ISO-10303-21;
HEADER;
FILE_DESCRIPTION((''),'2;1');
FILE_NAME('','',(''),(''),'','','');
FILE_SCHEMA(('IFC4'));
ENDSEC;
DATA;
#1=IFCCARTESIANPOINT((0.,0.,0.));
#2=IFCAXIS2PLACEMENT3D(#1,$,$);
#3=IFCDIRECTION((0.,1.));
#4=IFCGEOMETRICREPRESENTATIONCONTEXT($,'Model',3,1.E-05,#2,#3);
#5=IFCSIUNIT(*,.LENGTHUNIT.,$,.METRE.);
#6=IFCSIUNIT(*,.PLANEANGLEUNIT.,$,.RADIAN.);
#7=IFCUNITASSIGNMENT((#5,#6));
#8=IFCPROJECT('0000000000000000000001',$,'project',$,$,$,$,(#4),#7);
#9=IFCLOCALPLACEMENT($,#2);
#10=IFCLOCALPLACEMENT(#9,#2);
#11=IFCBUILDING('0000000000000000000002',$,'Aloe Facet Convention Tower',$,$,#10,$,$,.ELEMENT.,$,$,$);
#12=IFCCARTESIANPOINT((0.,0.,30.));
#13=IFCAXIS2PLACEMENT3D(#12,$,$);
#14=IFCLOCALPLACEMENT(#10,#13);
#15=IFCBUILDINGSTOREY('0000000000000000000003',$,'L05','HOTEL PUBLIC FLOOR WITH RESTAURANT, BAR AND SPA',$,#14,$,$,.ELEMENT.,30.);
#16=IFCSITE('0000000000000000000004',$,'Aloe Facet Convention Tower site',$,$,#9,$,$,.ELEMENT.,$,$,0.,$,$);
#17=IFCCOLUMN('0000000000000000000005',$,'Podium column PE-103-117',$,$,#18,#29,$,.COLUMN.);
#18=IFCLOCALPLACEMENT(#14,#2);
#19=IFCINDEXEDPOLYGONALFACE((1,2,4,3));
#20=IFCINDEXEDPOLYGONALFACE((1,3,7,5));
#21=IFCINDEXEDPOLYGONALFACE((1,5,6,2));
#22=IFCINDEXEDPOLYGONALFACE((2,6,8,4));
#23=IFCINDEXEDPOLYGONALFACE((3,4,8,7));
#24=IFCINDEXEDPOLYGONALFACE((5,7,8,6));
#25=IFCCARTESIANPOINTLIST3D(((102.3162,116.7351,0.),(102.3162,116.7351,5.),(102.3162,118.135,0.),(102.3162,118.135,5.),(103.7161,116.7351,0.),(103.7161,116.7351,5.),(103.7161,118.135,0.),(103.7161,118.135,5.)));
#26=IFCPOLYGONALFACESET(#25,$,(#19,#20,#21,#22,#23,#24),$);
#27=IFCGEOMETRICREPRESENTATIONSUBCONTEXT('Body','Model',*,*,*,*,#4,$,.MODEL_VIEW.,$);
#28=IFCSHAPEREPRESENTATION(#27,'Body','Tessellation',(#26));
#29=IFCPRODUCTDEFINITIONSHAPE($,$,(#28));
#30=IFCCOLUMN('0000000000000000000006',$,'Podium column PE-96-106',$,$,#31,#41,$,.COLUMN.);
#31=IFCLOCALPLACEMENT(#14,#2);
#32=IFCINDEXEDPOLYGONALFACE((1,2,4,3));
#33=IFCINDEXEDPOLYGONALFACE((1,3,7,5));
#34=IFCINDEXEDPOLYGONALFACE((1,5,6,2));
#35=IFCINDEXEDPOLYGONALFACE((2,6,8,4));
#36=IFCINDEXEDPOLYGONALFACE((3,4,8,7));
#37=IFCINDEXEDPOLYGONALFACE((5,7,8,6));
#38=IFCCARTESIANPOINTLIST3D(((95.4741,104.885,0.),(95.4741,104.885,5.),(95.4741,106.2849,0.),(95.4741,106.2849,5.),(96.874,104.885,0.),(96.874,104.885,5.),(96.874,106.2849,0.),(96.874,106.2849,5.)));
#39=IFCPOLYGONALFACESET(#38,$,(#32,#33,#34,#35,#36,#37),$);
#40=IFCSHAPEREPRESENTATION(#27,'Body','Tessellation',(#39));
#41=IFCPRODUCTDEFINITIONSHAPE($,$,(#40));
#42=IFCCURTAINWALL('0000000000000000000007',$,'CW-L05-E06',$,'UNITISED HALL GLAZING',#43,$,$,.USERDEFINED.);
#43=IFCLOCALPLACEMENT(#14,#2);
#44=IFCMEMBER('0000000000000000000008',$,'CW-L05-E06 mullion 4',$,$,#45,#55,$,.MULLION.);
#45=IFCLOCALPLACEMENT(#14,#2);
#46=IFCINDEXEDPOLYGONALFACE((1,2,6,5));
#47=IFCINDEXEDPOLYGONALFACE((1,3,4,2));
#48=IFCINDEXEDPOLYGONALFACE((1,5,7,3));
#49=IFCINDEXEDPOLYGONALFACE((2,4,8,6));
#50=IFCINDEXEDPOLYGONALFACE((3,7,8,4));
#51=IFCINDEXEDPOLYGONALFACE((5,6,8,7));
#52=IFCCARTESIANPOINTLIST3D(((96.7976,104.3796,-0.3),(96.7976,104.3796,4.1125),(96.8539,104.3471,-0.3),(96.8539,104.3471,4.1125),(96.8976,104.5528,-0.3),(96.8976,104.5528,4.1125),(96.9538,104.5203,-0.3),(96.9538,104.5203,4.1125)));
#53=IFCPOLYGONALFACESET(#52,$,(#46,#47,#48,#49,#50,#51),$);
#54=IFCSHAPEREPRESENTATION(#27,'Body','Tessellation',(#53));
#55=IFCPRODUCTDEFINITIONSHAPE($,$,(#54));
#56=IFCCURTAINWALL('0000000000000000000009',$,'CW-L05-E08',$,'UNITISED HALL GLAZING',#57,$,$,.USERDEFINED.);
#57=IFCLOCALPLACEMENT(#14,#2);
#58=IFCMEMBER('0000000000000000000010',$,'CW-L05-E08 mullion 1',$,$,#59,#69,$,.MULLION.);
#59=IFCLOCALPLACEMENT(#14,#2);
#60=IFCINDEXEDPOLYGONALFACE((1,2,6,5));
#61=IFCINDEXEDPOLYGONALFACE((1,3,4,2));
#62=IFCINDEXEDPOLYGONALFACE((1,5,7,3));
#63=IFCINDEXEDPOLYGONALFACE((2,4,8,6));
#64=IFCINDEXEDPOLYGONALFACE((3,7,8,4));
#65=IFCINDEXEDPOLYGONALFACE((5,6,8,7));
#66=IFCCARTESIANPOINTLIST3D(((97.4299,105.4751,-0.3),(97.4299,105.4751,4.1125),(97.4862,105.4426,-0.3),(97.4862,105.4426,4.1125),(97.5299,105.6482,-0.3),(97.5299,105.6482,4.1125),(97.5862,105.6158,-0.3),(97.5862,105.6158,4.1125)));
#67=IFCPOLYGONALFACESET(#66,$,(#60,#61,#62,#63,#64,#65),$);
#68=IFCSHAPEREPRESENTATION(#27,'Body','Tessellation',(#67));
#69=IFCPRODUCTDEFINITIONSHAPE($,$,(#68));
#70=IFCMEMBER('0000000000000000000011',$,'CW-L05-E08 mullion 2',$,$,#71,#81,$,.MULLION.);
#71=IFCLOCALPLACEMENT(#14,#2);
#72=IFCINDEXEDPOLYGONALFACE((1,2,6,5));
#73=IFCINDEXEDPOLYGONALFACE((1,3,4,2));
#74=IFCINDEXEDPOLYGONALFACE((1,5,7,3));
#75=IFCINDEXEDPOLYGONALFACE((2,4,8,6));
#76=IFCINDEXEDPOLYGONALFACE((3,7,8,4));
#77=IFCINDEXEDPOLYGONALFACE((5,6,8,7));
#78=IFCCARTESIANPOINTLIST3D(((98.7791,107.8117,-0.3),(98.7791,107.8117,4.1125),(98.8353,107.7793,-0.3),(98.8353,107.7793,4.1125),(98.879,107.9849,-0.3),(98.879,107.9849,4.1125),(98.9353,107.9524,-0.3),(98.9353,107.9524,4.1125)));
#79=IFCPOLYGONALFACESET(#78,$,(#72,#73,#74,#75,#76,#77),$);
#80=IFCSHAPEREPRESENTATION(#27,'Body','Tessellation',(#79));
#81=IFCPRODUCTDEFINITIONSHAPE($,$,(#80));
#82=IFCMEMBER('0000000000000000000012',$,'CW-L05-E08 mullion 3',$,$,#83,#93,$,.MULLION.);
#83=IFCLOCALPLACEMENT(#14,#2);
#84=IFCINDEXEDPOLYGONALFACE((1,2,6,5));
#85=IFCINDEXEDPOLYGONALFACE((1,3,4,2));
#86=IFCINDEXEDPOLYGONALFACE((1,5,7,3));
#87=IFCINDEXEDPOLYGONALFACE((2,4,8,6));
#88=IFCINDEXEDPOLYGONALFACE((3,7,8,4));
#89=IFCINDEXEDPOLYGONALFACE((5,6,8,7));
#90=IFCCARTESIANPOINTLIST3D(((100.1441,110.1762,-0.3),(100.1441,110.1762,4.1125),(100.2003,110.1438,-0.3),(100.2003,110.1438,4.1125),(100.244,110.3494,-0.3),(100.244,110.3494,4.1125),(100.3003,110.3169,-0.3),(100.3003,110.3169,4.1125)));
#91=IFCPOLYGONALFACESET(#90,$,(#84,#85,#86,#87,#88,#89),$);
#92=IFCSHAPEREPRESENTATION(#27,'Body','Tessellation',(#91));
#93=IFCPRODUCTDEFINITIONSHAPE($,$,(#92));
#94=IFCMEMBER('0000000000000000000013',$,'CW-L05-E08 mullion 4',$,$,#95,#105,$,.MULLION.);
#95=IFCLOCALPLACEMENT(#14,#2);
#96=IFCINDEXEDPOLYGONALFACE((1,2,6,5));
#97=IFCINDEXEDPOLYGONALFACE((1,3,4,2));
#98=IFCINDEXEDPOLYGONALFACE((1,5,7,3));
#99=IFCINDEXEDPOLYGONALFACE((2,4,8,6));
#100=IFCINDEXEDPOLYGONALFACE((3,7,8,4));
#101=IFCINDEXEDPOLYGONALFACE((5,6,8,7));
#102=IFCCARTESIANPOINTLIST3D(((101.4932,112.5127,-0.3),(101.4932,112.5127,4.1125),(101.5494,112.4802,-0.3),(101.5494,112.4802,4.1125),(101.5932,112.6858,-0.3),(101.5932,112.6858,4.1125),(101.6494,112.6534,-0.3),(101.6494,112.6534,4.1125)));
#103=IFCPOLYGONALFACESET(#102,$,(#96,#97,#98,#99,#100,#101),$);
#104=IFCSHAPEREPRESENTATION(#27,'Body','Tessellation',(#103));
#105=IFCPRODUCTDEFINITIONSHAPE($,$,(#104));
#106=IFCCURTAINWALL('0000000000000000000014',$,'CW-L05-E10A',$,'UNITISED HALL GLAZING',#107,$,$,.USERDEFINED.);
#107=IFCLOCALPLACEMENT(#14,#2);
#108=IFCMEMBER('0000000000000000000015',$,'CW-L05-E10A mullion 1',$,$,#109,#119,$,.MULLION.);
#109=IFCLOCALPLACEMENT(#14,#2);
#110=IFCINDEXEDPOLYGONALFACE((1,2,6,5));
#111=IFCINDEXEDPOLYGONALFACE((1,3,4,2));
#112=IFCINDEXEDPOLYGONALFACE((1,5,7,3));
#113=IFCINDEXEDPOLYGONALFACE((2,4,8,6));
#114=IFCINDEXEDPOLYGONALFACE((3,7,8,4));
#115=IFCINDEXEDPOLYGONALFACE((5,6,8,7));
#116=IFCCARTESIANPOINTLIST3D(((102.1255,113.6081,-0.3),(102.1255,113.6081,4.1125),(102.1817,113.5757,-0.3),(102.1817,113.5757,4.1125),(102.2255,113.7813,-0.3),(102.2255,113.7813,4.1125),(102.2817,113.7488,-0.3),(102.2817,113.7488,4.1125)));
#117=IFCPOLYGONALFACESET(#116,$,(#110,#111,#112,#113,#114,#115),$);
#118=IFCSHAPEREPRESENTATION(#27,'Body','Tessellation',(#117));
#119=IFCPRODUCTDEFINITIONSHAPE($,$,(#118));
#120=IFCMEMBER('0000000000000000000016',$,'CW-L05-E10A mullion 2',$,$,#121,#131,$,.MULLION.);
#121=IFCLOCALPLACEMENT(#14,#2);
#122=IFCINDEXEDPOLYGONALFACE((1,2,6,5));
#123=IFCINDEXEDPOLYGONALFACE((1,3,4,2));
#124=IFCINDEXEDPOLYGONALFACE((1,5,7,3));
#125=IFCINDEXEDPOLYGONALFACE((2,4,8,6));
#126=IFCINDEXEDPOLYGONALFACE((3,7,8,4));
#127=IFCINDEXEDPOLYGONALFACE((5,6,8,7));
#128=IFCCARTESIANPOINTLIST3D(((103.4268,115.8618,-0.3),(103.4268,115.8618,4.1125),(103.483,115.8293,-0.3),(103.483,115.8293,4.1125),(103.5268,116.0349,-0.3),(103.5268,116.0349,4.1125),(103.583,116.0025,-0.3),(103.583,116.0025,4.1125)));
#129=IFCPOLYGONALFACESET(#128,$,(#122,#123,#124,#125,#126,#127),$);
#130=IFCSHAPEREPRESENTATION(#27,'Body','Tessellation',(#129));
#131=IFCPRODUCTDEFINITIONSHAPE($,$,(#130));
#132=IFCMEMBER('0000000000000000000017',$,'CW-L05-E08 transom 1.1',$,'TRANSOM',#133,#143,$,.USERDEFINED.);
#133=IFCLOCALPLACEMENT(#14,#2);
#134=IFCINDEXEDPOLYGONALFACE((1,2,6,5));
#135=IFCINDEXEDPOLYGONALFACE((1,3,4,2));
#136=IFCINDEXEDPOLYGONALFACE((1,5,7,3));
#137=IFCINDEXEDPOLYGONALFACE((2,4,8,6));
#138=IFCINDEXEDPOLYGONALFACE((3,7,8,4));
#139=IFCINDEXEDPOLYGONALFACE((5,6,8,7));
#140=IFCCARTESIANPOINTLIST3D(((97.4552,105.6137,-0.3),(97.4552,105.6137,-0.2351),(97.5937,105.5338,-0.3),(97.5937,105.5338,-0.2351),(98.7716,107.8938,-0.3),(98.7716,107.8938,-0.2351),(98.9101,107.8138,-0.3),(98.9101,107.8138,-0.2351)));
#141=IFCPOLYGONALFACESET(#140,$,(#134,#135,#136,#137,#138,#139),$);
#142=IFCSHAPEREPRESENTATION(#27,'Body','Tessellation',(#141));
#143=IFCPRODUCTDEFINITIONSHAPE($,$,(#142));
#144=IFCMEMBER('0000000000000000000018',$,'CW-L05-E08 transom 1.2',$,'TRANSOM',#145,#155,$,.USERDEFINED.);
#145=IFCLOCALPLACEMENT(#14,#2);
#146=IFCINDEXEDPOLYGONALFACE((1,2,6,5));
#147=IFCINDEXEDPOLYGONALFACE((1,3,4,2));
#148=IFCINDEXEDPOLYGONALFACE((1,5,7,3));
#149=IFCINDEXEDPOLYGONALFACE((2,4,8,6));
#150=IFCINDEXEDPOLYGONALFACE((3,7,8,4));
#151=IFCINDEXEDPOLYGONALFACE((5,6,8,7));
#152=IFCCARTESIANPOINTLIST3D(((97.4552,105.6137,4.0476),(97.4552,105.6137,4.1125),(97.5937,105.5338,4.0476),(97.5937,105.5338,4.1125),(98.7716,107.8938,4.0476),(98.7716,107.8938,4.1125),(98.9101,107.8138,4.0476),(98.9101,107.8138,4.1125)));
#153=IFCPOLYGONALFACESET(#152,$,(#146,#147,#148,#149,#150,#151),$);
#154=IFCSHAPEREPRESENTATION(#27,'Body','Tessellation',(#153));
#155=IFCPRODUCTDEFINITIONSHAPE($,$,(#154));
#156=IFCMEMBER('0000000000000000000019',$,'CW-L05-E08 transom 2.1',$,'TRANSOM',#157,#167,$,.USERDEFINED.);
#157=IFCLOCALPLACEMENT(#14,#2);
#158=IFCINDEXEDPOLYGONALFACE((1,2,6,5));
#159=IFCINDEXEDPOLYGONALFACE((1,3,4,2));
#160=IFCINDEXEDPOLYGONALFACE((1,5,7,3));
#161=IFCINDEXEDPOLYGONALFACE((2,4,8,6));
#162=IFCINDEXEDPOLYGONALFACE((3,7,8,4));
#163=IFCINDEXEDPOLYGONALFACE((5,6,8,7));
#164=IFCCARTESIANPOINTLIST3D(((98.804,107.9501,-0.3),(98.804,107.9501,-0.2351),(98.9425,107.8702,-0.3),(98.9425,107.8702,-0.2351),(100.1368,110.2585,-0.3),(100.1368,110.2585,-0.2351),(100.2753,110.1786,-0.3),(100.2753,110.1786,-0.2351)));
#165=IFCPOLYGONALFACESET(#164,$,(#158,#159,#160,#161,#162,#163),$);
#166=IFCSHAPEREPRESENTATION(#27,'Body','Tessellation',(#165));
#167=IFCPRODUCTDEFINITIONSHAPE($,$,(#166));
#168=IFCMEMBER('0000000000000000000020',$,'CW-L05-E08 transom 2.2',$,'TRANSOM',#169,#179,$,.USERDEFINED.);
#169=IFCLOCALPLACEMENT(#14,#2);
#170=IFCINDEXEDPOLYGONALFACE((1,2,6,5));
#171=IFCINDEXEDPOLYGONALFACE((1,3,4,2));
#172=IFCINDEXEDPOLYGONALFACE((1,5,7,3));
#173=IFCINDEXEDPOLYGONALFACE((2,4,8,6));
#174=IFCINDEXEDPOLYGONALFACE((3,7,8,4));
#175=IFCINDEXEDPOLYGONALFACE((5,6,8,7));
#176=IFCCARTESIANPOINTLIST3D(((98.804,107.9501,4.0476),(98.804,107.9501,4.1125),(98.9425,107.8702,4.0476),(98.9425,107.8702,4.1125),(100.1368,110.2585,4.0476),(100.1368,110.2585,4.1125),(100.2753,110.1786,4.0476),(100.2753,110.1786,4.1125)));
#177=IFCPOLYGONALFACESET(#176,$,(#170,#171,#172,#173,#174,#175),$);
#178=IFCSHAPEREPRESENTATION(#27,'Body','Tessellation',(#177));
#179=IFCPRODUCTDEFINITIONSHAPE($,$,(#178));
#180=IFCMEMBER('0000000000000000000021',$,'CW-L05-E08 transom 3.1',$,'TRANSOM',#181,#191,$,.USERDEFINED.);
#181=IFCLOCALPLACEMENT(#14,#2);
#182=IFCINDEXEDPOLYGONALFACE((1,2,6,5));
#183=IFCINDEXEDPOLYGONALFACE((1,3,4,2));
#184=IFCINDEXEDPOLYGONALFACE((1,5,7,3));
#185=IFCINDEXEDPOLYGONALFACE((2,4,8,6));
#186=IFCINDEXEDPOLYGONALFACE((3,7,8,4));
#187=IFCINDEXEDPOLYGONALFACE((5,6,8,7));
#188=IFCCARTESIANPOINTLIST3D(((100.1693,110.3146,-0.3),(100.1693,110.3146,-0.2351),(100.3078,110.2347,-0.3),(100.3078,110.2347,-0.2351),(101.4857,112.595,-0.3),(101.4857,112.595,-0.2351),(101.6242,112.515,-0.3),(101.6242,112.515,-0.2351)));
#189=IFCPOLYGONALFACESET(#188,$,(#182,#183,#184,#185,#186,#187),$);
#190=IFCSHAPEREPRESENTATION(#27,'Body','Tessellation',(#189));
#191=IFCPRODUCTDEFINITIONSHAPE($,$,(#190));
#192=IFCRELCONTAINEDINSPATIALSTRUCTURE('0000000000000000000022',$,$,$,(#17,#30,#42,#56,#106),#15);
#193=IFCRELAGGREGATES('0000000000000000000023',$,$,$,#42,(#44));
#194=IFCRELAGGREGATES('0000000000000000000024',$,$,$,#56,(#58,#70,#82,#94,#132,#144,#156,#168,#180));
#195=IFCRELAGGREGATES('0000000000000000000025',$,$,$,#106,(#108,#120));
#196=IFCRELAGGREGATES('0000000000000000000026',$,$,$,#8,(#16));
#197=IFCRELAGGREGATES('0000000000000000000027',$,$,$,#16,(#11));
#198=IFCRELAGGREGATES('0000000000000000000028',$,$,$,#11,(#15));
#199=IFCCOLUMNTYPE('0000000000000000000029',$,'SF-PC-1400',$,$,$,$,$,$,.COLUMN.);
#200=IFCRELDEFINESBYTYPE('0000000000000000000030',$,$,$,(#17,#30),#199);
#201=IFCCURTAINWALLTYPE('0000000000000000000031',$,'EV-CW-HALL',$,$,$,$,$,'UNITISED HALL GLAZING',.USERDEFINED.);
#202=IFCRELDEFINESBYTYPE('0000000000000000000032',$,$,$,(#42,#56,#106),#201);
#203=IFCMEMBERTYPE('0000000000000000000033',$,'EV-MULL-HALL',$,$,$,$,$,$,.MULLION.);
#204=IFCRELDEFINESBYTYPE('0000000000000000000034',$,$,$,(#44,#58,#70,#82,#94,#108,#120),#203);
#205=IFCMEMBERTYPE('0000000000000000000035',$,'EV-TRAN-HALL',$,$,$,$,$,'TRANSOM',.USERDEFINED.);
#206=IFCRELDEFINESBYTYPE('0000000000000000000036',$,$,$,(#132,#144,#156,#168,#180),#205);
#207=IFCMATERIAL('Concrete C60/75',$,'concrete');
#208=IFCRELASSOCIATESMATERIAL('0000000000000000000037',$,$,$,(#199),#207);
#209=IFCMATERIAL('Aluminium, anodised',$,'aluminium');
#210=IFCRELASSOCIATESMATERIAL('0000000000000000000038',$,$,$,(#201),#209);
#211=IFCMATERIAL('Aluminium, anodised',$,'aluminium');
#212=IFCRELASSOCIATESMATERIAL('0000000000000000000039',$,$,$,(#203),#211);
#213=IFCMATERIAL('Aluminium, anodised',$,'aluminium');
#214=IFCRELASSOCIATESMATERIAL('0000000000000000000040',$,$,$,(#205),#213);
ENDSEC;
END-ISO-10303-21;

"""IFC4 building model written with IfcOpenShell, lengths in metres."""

from ifc_helpers import new_model, si_unit, direction, frame, origin, origin_2d, place, context, subcontext, project, spatial, rectangle, extrude, material, material_profile, profile_set, type_object, element, aggregate, save


model = new_model("IFC4")

# Units and contexts
model_context = context("Model", 3, precision=1e-05, world=origin(), true_north=direction((0.0, 1.0)))
body_context = subcontext(model_context, "Body", "Model", "MODEL_VIEW")
ifc_project = project(units=[si_unit("LENGTHUNIT", "METRE"), si_unit("PLANEANGLEUNIT", "RADIAN")], contexts=[model_context])

# Site, building, storey
site_placement = place(None, origin())
site = spatial("IfcSite", under=ifc_project, at=site_placement, Name="Aloe Facet Convention Tower site", CompositionType="ELEMENT", RefElevation=0.0)
building_placement = place(site_placement, origin())
building = spatial("IfcBuilding", under=site, at=building_placement, Name="Aloe Facet Convention Tower", CompositionType="ELEMENT")
storey_placement = place(building_placement, frame((0.0, 0.0, 30.0)))
storey = spatial("IfcBuildingStorey", under=building, at=storey_placement, Name="L05", Description="HOTEL PUBLIC FLOOR WITH RESTAURANT, BAR AND SPA", CompositionType="ELEMENT", Elevation=30.0)

# Columns
ifc_material_1 = material(Name="Concrete C60/75", Category="concrete")
ifc_material_profile_1 = material_profile(ifc_material_1, rectangle(XDim=1.3999, YDim=1.3999, at=origin_2d()), Name="SF-PC-1400")
ifc_profile_set_1 = profile_set([ifc_material_profile_1], Name="Concrete C60/75")
column_type = type_object("IfcColumnType", Name="SF-PC-1400", PredefinedType="COLUMN", material=ifc_profile_set_1)
for number, where, z_axis, x_axis, name in (
    (1, (103.0161, 117.4351, 0.0), (0.0, 0.0, 1.0), (1.0, 0.0, 0.0), "Podium column PE-103-117"),
    (2, (96.1741, 105.585, 0.0), (0.0, 0.0, 1.0), (1.0, 0.0, 0.0), "Podium column PE-96-106"),
):
    element("IfcColumn", number, at=place(storey_placement, frame(where, z_axis=z_axis, x_axis=x_axis)), inside=storey, type_object=column_type, Name=name, PredefinedType="COLUMN", context=body_context, shape_type="SweptSolid", body=[
        extrude(rectangle(XDim=1.3999, YDim=1.3999, at=origin_2d()), origin(), (0.0, 0.0, 1.0), 5.0),
    ])

# Curtain wall, member
ifc_material_2 = material(Name="Aluminium, anodised", Category="aluminium")
curtain_wall_type = type_object("IfcCurtainWallType", Name="EV-CW-HALL", ElementType="UNITISED HALL GLAZING", PredefinedType="USERDEFINED", material=ifc_material_2)
curtain_wall_1_placement = place(storey_placement, origin())
curtain_wall_1 = element("IfcCurtainWall", 3, at=curtain_wall_1_placement, inside=storey, type_object=curtain_wall_type, Name="CW-L05-E06", ObjectType="UNITISED HALL GLAZING", PredefinedType="USERDEFINED")
ifc_material_3 = material(Name="Aluminium, anodised", Category="aluminium")
ifc_material_profile_2 = material_profile(ifc_material_3, rectangle(XDim=0.0649, YDim=0.2, at=origin_2d()), Name="AL 65x200")
ifc_profile_set_2 = profile_set([ifc_material_profile_2], Name="Aluminium, anodised")
member_type_1 = type_object("IfcMemberType", Name="EV-MULL-HALL", PredefinedType="MULLION", material=ifc_profile_set_2)
member_1_placement = place(storey_placement, frame((96.8757, 104.45, -0.3), z_axis=(0.0, 0.0, 1.0), x_axis=(-0.866025, 0.5, 0.0)))
member_1 = element("IfcMember", 4, at=member_1_placement, type_object=member_type_1, Name="CW-L05-E06 mullion 4", PredefinedType="MULLION", context=body_context, shape_type="SweptSolid", body=[
    extrude(rectangle(XDim=0.0649, YDim=0.2, at=origin_2d()), origin(), (0.0, 0.0, 1.0), 4.4126),
])

# Curtain walls, members
curtain_wall_2_placement = place(storey_placement, origin())
curtain_wall_2 = element("IfcCurtainWall", 5, at=curtain_wall_2_placement, inside=storey, type_object=curtain_wall_type, Name="CW-L05-E08", ObjectType="UNITISED HALL GLAZING", PredefinedType="USERDEFINED")
member_2_placement = place(storey_placement, frame((97.5081, 105.5454, -0.3), z_axis=(0.0, 0.0, 1.0), x_axis=(-0.866025, 0.5, 0.0)))
member_2 = element("IfcMember", 6, at=member_2_placement, type_object=member_type_1, Name="CW-L05-E08 mullion 1", PredefinedType="MULLION", context=body_context, shape_type="SweptSolid", body=[
    extrude(rectangle(XDim=0.0649, YDim=0.2, at=origin_2d()), origin(), (0.0, 0.0, 1.0), 4.4126),
])
member_3_placement = place(storey_placement, frame((98.8572, 107.8821, -0.3), z_axis=(0.0, 0.0, 1.0), x_axis=(-0.866025, 0.5, 0.0)))
member_3 = element("IfcMember", 7, at=member_3_placement, type_object=member_type_1, Name="CW-L05-E08 mullion 2", PredefinedType="MULLION", context=body_context, shape_type="SweptSolid", body=[
    extrude(rectangle(XDim=0.0649, YDim=0.2, at=origin_2d()), origin(), (0.0, 0.0, 1.0), 4.4126),
])
member_4_placement = place(storey_placement, frame((100.2222, 110.2466, -0.3), z_axis=(0.0, 0.0, 1.0), x_axis=(-0.866025, 0.5, 0.0)))
member_4 = element("IfcMember", 8, at=member_4_placement, type_object=member_type_1, Name="CW-L05-E08 mullion 3", PredefinedType="MULLION", context=body_context, shape_type="SweptSolid", body=[
    extrude(rectangle(XDim=0.0649, YDim=0.2, at=origin_2d()), origin(), (0.0, 0.0, 1.0), 4.4126),
])
member_5_placement = place(storey_placement, frame((101.5713, 112.583, -0.3), z_axis=(0.0, 0.0, 1.0), x_axis=(-0.866025, 0.5, 0.0)))
member_5 = element("IfcMember", 9, at=member_5_placement, type_object=member_type_1, Name="CW-L05-E08 mullion 4", PredefinedType="MULLION", context=body_context, shape_type="SweptSolid", body=[
    extrude(rectangle(XDim=0.0649, YDim=0.2, at=origin_2d()), origin(), (0.0, 0.0, 1.0), 4.4126),
])
curtain_wall_3_placement = place(storey_placement, origin())
curtain_wall_3 = element("IfcCurtainWall", 10, at=curtain_wall_3_placement, inside=storey, type_object=curtain_wall_type, Name="CW-L05-E10A", ObjectType="UNITISED HALL GLAZING", PredefinedType="USERDEFINED")
member_6_placement = place(storey_placement, frame((102.2036, 113.6785, -0.3), z_axis=(0.0, 0.0, 1.0), x_axis=(-0.866025, 0.5, 0.0)))
member_6 = element("IfcMember", 11, at=member_6_placement, type_object=member_type_1, Name="CW-L05-E10A mullion 1", PredefinedType="MULLION", context=body_context, shape_type="SweptSolid", body=[
    extrude(rectangle(XDim=0.0649, YDim=0.2, at=origin_2d()), origin(), (0.0, 0.0, 1.0), 4.4126),
])
member_7_placement = place(storey_placement, frame((103.5049, 115.9321, -0.3), z_axis=(0.0, 0.0, 1.0), x_axis=(-0.866025, 0.5, 0.0)))
member_7 = element("IfcMember", 12, at=member_7_placement, type_object=member_type_1, Name="CW-L05-E10A mullion 2", PredefinedType="MULLION", context=body_context, shape_type="SweptSolid", body=[
    extrude(rectangle(XDim=0.0649, YDim=0.2, at=origin_2d()), origin(), (0.0, 0.0, 1.0), 4.4126),
])

# Members
ifc_material_4 = material(Name="Aluminium, anodised", Category="aluminium")
ifc_material_profile_3 = material_profile(ifc_material_4, rectangle(XDim=0.1599, YDim=0.0649, at=origin_2d()), Name="AL 160x65")
ifc_profile_set_3 = profile_set([ifc_material_profile_3], Name="Aluminium, anodised")
member_type_2 = type_object("IfcMemberType", Name="EV-TRAN-HALL", ElementType="TRANSOM", PredefinedType="USERDEFINED", material=ifc_profile_set_3)
member_8_placement = place(storey_placement, frame((97.5244, 105.5737, -0.2676), z_axis=(0.500009, 0.86602, 0.0), x_axis=(-0.86602, 0.500009, 0.0)))
member_8 = element("IfcMember", 13, at=member_8_placement, type_object=member_type_2, Name="CW-L05-E08 transom 1.1", ObjectType="TRANSOM", PredefinedType="USERDEFINED", context=body_context, shape_type="SweptSolid", body=[
    extrude(rectangle(XDim=0.1599, YDim=0.0649, at=origin_2d()), origin(), (0.0, 0.0, 1.0), 2.6328),
])
member_9_placement = place(storey_placement, frame((97.5244, 105.5737, 4.0801), z_axis=(0.500009, 0.86602, 0.0), x_axis=(-0.86602, 0.500009, 0.0)))
member_9 = element("IfcMember", 14, at=member_9_placement, type_object=member_type_2, Name="CW-L05-E08 transom 1.2", ObjectType="TRANSOM", PredefinedType="USERDEFINED", context=body_context, shape_type="SweptSolid", body=[
    extrude(rectangle(XDim=0.1599, YDim=0.0649, at=origin_2d()), origin(), (0.0, 0.0, 1.0), 2.6328),
])
member_10_placement = place(storey_placement, frame((98.8733, 107.9102, -0.2676), z_axis=(0.500011, 0.866019, 0.0), x_axis=(-0.866019, 0.500011, 0.0)))
member_10 = element("IfcMember", 15, at=member_10_placement, type_object=member_type_2, Name="CW-L05-E08 transom 2.1", ObjectType="TRANSOM", PredefinedType="USERDEFINED", context=body_context, shape_type="SweptSolid", body=[
    extrude(rectangle(XDim=0.1599, YDim=0.0649, at=origin_2d()), origin(), (0.0, 0.0, 1.0), 2.6655),
])
member_11_placement = place(storey_placement, frame((98.8733, 107.9102, 4.0801), z_axis=(0.500011, 0.866019, 0.0), x_axis=(-0.866019, 0.500011, 0.0)))
member_11 = element("IfcMember", 16, at=member_11_placement, type_object=member_type_2, Name="CW-L05-E08 transom 2.2", ObjectType="TRANSOM", PredefinedType="USERDEFINED", context=body_context, shape_type="SweptSolid", body=[
    extrude(rectangle(XDim=0.1599, YDim=0.0649, at=origin_2d()), origin(), (0.0, 0.0, 1.0), 2.6655),
])
member_12_placement = place(storey_placement, frame((100.2385, 110.2747, -0.2676), z_axis=(0.499969, 0.866044, 0.0), x_axis=(-0.866044, 0.499969, 0.0)))
member_12 = element("IfcMember", 17, at=member_12_placement, type_object=member_type_2, Name="CW-L05-E08 transom 3.1", ObjectType="TRANSOM", PredefinedType="USERDEFINED", context=body_context, shape_type="SweptSolid", body=[
    extrude(rectangle(XDim=0.1599, YDim=0.0649, at=origin_2d()), origin(), (0.0, 0.0, 1.0), 2.6331),
])

aggregate(curtain_wall_1, [member_1])
aggregate(curtain_wall_2, [member_2, member_3, member_4, member_5, member_8, member_9, member_10, member_11, member_12])
aggregate(curtain_wall_3, [member_6, member_7])

save(model, "model.ifc")
